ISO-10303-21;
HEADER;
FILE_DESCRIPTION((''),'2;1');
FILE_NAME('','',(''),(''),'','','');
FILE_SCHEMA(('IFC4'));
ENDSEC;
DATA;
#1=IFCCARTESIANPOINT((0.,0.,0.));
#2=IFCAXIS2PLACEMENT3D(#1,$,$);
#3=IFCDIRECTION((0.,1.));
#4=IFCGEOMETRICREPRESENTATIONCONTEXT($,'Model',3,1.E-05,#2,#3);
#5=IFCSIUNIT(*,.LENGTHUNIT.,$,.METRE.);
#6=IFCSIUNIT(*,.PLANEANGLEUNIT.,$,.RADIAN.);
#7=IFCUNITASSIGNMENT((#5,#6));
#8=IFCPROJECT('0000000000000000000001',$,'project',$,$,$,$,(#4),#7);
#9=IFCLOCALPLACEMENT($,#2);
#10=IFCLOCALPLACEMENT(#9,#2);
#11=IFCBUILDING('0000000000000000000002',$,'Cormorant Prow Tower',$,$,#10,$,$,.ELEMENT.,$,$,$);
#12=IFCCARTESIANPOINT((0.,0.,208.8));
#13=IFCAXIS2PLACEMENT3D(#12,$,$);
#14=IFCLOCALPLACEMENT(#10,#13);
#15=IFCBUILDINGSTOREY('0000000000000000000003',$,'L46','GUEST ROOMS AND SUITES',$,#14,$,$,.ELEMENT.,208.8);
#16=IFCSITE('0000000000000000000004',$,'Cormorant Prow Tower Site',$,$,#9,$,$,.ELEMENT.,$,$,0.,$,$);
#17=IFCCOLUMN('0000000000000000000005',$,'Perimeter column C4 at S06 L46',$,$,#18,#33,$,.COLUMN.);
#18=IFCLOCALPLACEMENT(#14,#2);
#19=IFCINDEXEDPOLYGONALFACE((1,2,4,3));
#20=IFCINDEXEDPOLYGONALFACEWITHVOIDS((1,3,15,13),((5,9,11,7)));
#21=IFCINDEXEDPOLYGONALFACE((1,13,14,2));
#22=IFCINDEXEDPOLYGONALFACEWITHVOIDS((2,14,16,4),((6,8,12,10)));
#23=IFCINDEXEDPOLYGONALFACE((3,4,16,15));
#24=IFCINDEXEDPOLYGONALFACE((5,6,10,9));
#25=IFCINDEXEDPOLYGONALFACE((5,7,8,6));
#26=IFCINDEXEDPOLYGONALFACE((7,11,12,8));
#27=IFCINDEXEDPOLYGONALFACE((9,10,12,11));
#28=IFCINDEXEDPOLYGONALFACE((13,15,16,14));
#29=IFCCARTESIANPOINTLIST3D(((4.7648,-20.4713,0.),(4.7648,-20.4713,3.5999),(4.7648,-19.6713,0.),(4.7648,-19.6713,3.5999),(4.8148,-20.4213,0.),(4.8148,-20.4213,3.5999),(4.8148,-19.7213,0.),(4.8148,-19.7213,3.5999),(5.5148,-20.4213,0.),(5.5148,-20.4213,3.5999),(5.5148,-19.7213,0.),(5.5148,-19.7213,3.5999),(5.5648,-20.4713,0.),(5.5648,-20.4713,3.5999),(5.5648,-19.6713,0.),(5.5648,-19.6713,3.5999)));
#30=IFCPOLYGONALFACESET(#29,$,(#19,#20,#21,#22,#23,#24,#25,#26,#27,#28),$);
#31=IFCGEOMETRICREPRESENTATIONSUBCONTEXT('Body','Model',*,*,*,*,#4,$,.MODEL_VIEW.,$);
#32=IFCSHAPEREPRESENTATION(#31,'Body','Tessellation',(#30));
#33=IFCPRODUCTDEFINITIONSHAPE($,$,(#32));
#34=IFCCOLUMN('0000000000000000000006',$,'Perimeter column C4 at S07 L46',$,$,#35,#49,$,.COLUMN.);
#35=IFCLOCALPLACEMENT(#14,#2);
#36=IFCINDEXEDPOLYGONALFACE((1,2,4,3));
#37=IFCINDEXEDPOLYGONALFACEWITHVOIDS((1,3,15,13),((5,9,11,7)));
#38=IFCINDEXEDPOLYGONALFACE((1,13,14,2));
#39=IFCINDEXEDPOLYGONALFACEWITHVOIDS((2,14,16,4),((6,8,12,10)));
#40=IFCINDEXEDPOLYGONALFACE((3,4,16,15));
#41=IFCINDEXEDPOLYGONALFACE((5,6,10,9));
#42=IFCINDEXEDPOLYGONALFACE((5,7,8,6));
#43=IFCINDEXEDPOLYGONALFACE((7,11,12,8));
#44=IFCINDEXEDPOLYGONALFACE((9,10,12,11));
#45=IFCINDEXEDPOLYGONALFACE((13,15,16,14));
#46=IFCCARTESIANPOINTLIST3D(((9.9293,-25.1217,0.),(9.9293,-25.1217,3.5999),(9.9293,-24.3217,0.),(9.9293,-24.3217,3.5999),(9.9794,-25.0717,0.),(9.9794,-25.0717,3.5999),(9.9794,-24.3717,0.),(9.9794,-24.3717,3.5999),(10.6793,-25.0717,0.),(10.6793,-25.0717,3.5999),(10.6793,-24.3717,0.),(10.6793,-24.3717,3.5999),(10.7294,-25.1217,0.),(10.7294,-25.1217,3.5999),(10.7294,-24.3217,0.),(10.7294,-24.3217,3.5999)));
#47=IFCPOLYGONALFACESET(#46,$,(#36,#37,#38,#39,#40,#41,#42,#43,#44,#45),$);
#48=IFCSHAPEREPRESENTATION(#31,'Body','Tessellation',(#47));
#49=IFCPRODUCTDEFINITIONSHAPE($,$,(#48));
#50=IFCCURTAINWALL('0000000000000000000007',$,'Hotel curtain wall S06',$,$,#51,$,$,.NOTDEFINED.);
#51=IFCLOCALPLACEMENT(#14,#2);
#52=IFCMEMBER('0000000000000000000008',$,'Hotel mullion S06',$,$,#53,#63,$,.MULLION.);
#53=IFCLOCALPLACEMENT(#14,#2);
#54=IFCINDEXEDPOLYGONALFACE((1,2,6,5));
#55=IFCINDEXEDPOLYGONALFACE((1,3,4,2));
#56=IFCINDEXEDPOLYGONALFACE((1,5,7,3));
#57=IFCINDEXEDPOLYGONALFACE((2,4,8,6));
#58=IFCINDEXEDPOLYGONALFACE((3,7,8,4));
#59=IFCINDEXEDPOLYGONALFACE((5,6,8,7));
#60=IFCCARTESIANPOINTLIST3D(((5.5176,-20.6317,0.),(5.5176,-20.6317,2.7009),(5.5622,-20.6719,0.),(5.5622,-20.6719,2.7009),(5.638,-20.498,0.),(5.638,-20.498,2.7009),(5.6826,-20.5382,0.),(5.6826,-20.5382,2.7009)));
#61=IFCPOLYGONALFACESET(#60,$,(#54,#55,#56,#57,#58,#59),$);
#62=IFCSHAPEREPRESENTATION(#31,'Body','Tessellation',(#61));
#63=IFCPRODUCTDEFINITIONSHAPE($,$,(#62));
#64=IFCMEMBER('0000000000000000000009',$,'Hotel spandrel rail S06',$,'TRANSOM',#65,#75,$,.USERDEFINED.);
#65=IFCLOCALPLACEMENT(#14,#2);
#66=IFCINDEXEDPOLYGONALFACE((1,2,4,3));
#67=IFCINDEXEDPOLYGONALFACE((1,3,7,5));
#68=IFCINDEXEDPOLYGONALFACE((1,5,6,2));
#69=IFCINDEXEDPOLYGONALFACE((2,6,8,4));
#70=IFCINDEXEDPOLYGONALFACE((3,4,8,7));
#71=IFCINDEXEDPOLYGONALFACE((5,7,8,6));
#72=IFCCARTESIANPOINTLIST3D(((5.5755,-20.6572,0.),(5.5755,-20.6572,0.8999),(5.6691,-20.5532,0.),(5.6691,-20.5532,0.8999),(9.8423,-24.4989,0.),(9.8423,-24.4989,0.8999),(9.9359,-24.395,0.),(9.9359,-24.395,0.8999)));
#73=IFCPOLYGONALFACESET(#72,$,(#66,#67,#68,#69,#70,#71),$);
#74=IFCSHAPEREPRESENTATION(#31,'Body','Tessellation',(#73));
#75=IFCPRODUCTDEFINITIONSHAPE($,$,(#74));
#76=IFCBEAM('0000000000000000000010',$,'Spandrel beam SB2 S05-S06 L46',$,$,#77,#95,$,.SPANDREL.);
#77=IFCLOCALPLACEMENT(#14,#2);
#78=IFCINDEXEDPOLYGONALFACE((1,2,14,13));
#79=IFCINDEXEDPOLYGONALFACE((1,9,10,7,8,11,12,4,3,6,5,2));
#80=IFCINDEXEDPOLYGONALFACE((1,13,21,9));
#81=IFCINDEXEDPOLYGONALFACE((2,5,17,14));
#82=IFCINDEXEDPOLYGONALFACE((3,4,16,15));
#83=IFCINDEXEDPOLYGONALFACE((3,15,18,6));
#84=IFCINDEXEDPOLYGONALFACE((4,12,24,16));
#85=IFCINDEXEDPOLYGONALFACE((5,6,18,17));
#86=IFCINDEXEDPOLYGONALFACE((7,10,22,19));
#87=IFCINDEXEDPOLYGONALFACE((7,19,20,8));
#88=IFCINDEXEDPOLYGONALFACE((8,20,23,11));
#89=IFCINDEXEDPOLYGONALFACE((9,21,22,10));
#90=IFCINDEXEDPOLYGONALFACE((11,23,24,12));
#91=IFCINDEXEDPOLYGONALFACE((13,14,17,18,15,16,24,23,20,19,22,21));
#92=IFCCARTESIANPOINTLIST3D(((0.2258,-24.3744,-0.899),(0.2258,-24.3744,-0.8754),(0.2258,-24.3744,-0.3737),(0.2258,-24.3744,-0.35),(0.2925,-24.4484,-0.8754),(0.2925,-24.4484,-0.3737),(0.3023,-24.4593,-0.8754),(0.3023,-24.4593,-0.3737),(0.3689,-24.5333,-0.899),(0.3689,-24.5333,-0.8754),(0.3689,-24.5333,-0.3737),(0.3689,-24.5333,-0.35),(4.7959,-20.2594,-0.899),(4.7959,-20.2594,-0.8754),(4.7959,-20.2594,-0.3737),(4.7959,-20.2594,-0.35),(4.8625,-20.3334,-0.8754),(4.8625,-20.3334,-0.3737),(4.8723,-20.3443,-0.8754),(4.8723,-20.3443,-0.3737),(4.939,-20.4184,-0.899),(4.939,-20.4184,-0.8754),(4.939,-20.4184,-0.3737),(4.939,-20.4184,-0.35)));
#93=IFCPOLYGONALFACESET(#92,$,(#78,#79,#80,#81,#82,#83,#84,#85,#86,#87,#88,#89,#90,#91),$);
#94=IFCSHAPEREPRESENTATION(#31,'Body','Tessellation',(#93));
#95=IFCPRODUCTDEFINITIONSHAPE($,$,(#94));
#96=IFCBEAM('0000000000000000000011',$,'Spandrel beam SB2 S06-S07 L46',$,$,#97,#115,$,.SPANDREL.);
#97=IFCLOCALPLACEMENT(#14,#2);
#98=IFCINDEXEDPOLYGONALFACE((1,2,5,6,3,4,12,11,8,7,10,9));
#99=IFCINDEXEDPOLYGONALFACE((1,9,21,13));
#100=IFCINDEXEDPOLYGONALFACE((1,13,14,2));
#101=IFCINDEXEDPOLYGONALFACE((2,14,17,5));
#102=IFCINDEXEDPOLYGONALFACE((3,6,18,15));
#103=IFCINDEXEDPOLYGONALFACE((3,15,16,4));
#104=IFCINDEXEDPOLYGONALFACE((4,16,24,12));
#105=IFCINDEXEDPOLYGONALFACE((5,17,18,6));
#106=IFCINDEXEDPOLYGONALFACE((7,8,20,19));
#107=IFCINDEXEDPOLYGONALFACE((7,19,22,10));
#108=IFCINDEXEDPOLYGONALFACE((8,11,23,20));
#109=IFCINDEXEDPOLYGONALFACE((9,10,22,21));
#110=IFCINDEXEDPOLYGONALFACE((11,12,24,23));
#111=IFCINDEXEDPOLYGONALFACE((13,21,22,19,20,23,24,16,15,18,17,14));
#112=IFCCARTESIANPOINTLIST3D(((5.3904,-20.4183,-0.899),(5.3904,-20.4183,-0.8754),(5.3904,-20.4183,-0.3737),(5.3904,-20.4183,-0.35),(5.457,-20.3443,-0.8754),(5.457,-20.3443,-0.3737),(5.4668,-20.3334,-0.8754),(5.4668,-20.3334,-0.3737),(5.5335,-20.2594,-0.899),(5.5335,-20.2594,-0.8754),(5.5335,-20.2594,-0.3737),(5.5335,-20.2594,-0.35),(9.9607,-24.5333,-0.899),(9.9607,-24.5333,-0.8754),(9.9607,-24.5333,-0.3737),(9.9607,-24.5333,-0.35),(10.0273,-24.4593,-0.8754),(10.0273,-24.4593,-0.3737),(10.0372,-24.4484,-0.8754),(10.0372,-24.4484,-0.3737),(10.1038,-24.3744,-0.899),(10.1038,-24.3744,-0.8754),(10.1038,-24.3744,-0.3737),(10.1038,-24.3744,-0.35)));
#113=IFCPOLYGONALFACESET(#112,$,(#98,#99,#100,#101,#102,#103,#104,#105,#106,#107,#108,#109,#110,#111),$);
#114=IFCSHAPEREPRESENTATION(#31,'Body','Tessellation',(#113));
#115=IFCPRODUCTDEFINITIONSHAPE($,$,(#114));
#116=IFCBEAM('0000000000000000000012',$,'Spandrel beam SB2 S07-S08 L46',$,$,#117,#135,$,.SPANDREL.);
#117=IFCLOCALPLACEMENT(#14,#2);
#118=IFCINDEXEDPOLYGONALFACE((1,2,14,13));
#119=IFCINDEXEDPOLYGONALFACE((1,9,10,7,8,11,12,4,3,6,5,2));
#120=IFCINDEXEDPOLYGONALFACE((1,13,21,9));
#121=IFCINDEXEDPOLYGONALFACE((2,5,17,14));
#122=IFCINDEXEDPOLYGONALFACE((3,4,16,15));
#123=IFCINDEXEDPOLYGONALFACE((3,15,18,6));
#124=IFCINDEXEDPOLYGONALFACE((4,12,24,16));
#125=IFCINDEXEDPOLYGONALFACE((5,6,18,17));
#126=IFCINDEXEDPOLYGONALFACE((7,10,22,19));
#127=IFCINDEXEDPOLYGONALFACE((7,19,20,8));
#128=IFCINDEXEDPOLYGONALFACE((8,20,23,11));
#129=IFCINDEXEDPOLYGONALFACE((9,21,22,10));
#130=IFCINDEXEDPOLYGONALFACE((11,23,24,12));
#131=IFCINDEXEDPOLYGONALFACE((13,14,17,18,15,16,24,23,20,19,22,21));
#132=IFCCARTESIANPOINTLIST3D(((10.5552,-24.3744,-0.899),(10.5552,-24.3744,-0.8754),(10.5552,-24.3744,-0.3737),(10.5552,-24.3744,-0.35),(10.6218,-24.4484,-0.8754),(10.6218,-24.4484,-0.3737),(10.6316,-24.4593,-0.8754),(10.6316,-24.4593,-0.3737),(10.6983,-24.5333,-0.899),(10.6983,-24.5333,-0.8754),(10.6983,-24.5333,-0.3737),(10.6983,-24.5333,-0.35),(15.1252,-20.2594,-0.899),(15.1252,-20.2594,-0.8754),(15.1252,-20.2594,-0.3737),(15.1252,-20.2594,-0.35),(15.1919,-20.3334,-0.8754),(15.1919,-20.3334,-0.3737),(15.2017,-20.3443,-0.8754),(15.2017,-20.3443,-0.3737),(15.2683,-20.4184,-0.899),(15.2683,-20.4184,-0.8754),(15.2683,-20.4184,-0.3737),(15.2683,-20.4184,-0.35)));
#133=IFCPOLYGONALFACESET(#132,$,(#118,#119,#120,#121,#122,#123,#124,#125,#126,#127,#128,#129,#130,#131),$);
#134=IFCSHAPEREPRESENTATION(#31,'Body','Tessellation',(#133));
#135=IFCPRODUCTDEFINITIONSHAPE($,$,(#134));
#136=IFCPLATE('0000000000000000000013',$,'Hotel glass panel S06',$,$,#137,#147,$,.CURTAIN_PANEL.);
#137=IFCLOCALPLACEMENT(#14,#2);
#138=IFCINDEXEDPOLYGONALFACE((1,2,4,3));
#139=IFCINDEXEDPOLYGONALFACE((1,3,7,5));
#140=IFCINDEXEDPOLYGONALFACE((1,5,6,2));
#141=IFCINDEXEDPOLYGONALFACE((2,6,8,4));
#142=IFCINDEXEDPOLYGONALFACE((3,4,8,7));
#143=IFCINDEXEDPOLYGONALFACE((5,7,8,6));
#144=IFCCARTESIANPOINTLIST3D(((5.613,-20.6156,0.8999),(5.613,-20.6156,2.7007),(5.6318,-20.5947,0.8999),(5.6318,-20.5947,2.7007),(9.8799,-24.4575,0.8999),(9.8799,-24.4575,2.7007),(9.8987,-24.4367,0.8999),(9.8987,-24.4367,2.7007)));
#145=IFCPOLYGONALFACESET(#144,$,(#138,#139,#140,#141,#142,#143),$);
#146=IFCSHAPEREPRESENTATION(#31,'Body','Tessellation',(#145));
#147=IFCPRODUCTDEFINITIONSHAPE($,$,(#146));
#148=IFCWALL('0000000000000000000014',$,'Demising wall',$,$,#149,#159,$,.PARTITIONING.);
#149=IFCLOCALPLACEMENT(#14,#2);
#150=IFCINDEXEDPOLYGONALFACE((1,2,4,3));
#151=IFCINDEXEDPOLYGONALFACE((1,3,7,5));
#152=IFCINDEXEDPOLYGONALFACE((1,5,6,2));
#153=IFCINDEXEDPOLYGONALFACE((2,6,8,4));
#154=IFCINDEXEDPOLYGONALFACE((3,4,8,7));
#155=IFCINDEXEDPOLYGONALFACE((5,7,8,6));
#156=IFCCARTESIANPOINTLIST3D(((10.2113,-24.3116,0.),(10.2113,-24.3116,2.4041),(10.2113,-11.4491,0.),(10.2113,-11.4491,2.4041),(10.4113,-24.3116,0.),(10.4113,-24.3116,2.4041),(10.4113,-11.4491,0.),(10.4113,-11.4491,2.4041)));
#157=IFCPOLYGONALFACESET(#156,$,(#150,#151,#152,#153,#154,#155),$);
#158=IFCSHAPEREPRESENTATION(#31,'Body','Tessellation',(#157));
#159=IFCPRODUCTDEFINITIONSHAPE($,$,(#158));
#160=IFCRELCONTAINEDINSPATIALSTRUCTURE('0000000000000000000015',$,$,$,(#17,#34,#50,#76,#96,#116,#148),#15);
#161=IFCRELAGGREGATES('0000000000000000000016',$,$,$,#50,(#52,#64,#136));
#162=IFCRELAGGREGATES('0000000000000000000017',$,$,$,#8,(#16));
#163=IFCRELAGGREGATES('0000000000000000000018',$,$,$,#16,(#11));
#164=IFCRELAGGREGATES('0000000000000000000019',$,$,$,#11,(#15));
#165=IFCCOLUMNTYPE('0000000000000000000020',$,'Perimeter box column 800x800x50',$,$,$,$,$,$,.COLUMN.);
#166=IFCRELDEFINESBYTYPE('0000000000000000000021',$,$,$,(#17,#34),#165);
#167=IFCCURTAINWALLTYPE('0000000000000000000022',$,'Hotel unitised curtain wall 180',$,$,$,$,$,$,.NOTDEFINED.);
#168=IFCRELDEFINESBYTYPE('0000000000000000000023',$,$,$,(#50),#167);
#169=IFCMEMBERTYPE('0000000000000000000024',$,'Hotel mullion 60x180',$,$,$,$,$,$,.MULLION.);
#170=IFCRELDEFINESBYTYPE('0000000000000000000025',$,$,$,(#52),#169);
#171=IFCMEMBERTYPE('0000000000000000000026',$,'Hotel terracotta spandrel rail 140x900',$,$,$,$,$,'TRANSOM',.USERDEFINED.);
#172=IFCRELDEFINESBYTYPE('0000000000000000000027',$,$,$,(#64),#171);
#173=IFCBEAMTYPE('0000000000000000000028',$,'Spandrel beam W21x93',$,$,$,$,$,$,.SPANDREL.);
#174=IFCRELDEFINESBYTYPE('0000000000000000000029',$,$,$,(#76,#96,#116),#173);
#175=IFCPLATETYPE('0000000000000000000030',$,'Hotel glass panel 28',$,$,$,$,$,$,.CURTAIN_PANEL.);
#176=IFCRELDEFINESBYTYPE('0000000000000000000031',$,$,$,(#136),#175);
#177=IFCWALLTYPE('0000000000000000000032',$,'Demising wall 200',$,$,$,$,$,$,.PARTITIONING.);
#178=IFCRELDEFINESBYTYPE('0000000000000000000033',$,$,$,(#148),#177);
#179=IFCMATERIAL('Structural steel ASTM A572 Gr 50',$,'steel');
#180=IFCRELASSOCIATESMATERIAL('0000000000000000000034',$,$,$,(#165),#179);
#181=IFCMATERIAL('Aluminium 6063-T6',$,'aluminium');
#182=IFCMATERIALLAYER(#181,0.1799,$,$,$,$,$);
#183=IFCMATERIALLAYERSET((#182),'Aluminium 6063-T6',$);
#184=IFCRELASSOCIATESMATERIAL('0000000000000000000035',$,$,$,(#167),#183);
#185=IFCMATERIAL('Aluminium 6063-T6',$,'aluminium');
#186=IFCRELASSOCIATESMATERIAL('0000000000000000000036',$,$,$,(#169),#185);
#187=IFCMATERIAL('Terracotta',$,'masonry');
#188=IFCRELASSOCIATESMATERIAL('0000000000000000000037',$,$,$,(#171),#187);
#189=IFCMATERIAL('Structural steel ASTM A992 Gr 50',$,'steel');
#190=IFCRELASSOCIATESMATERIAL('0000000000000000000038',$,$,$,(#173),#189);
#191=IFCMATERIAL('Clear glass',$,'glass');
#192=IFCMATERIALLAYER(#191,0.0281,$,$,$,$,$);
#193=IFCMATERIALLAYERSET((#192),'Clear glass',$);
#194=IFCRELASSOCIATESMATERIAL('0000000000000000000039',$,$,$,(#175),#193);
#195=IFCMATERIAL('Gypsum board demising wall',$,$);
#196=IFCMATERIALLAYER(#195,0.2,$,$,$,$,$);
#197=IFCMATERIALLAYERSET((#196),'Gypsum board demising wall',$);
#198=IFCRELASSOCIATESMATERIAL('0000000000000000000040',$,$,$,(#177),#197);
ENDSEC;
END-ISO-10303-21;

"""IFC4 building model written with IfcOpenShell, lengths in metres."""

from ifc_helpers import new_model, si_unit, direction, frame, frame_2d, origin, origin_2d, place, context, subcontext, project, spatial, rectangle, hollow_rectangle, i_section, extrude, material, layer, layer_set, material_profile, profile_set, type_object, element, aggregate, save


model = new_model("IFC4")

# Units and contexts
model_context = context("Model", 3, precision=1e-05, world=origin(), true_north=direction((0.0, 1.0)))
body_context = subcontext(model_context, "Body", "Model", "MODEL_VIEW")
ifc_project = project(units=[si_unit("LENGTHUNIT", "METRE"), si_unit("PLANEANGLEUNIT", "RADIAN")], contexts=[model_context])

# Site, building, storey
site_placement = place(None, origin())
site = spatial("IfcSite", under=ifc_project, at=site_placement, Name="Cormorant Prow Tower Site", CompositionType="ELEMENT", RefElevation=0.0)
building_placement = place(site_placement, origin())
building = spatial("IfcBuilding", under=site, at=building_placement, Name="Cormorant Prow Tower", CompositionType="ELEMENT")
storey_placement = place(building_placement, frame((0.0, 0.0, 208.8)))
storey = spatial("IfcBuildingStorey", under=building, at=storey_placement, Name="L46", Description="GUEST ROOMS AND SUITES", CompositionType="ELEMENT", Elevation=208.8)

# Columns
ifc_material_1 = material(Name="Structural steel ASTM A572 Gr 50", Category="steel")
ifc_material_profile_1 = material_profile(ifc_material_1, hollow_rectangle(XDim=0.8, YDim=0.8, WallThickness=0.05, at=origin_2d()), Name="Box 800x800x50")
ifc_profile_set_1 = profile_set([ifc_material_profile_1], Name="Structural steel ASTM A572 Gr 50")
column_type = type_object("IfcColumnType", Name="Perimeter box column 800x800x50", PredefinedType="COLUMN", material=ifc_profile_set_1)
for number, where, z_axis, x_axis, name in (
    (1, (5.1648, -20.0713, 0.0), (0.0, 0.0, 1.0), (1.0, 0.0, 0.0), "Perimeter column C4 at S06 L46"),
    (2, (10.3293, -24.7217, 0.0), (0.0, 0.0, 1.0), (1.0, 0.0, 0.0), "Perimeter column C4 at S07 L46"),
):
    element("IfcColumn", number, at=place(storey_placement, frame(where, z_axis=z_axis, x_axis=x_axis)), inside=storey, type_object=column_type, Name=name, PredefinedType="COLUMN", context=body_context, shape_type="SweptSolid", body=[
        extrude(hollow_rectangle(XDim=0.8, YDim=0.8, WallThickness=0.05, at=origin_2d()), origin(), (0.0, 0.0, 1.0), 3.5999),
    ])

# Curtain wall, members
ifc_material_2 = material(Name="Aluminium 6063-T6", Category="aluminium")
ifc_layer_1 = layer(ifc_material_2, 0.1799)
ifc_layer_set_1 = layer_set([ifc_layer_1], Name="Aluminium 6063-T6")
curtain_wall_type = type_object("IfcCurtainWallType", Name="Hotel unitised curtain wall 180", PredefinedType="NOTDEFINED", material=ifc_layer_set_1)
curtain_wall_placement = place(storey_placement, origin())
curtain_wall = element("IfcCurtainWall", 3, at=curtain_wall_placement, inside=storey, type_object=curtain_wall_type, Name="Hotel curtain wall S06", PredefinedType="NOTDEFINED")
ifc_material_3 = material(Name="Aluminium 6063-T6", Category="aluminium")
ifc_material_profile_2 = material_profile(ifc_material_3, rectangle(XDim=0.1799, YDim=0.0601, at=origin_2d()), Name="Hotel mullion 60x180")
ifc_profile_set_2 = profile_set([ifc_material_profile_2], Name="Aluminium 6063-T6")
member_type_1 = type_object("IfcMemberType", Name="Hotel mullion 60x180", PredefinedType="MULLION", material=ifc_profile_set_2)
member_1_placement = place(storey_placement, frame((5.6001, -20.585, 0.0), z_axis=(0.0, 0.0, 1.0), x_axis=(0.669131, 0.743145, 0.0)))
member_1 = element("IfcMember", 4, at=member_1_placement, type_object=member_type_1, Name="Hotel mullion S06", PredefinedType="MULLION", context=body_context, shape_type="SweptSolid", body=[
    extrude(rectangle(XDim=0.1799, YDim=0.0601, at=origin_2d()), origin(), (0.0, 0.0, 1.0), 2.7009),
])
ifc_material_4 = material(Name="Terracotta", Category="masonry")
ifc_material_profile_3 = material_profile(ifc_material_4, rectangle(XDim=0.1399, YDim=0.8999, at=origin_2d()), Name="Hotel terracotta spandrel rail 140x900")
ifc_profile_set_3 = profile_set([ifc_material_profile_3], Name="Terracotta")
member_type_2 = type_object("IfcMemberType", Name="Hotel terracotta spandrel rail 140x900", ElementType="TRANSOM", PredefinedType="USERDEFINED", material=ifc_profile_set_3)
member_2_placement = place(storey_placement, frame((5.6223, -20.6052, 0.45), z_axis=(0.743152, -0.669122, 0.0), x_axis=(0.669122, 0.743152, 0.0)))
member_2 = element("IfcMember", 5, at=member_2_placement, type_object=member_type_2, Name="Hotel spandrel rail S06", ObjectType="TRANSOM", PredefinedType="USERDEFINED", context=body_context, shape_type="SweptSolid", body=[
    extrude(rectangle(XDim=0.1399, YDim=0.8999, at=origin_2d()), origin(), (0.0, 0.0, 1.0), 5.7415),
])

# Beams
ifc_material_5 = material(Name="Structural steel ASTM A992 Gr 50", Category="steel")
ifc_material_profile_4 = material_profile(ifc_material_5, i_section(OverallWidth=0.2139, OverallDepth=0.5491, WebThickness=0.0146, FlangeThickness=0.0237, at=origin_2d()), Name="W21x93")
ifc_profile_set_4 = profile_set([ifc_material_profile_4], Name="Structural steel ASTM A992 Gr 50")
beam_type = type_object("IfcBeamType", Name="Spandrel beam W21x93", PredefinedType="SPANDREL", material=ifc_profile_set_4)
beam_1_placement = place(storey_placement, frame((0.2974, -24.4539, -0.6245), z_axis=(0.743138, 0.669138, 0.0), x_axis=(-0.669138, 0.743138, 0.0)))
element("IfcBeam", 6, at=beam_1_placement, inside=storey, type_object=beam_type, Name="Spandrel beam SB2 S05-S06 L46", PredefinedType="SPANDREL", context=body_context, shape_type="SweptSolid", body=[
    extrude(i_section(OverallWidth=0.2139, OverallDepth=0.5491, WebThickness=0.0146, FlangeThickness=0.0237, at=origin_2d()), origin(), (0.0, 0.0, 1.0), 6.1497),
])
beam_2_placement = place(storey_placement, frame((5.4619, -20.3389, -0.6245), z_axis=(0.743156, -0.669118, 0.0), x_axis=(0.669118, 0.743156, 0.0)))
element("IfcBeam", 7, at=beam_2_placement, inside=storey, type_object=beam_type, Name="Spandrel beam SB2 S06-S07 L46", PredefinedType="SPANDREL", context=body_context, shape_type="SweptSolid", body=[
    extrude(i_section(OverallWidth=0.2139, OverallDepth=0.5491, WebThickness=0.0146, FlangeThickness=0.0237, at=origin_2d()), origin(), (0.0, 0.0, 1.0), 6.1499),
])
beam_3_placement = place(storey_placement, frame((10.6267, -24.4539, -0.6245), z_axis=(0.743138, 0.669138, 0.0), x_axis=(-0.669138, 0.743138, 0.0)))
element("IfcBeam", 8, at=beam_3_placement, inside=storey, type_object=beam_type, Name="Spandrel beam SB2 S07-S08 L46", PredefinedType="SPANDREL", context=body_context, shape_type="SweptSolid", body=[
    extrude(i_section(OverallWidth=0.2139, OverallDepth=0.5491, WebThickness=0.0146, FlangeThickness=0.0237, at=origin_2d()), origin(), (0.0, 0.0, 1.0), 6.1497),
])

# Plate
ifc_material_6 = material(Name="Clear glass", Category="glass")
ifc_layer_2 = layer(ifc_material_6, 0.0281)
ifc_layer_set_2 = layer_set([ifc_layer_2], Name="Clear glass")
plate_type = type_object("IfcPlateType", Name="Hotel glass panel 28", PredefinedType="CURTAIN_PANEL", material=ifc_layer_set_2)
plate_placement = place(storey_placement, frame((7.7559, -22.5261, 0.8999), z_axis=(0.0, 0.0, 1.0), x_axis=(0.743145, -0.669131, 0.0)))
plate = element("IfcPlate", 9, at=plate_placement, type_object=plate_type, Name="Hotel glass panel S06", PredefinedType="CURTAIN_PANEL", context=body_context, shape_type="SweptSolid", body=[
    extrude(rectangle(XDim=5.7417, YDim=0.0281, at=origin_2d()), origin(), (0.0, 0.0, 1.0), 1.8008),
])
aggregate(curtain_wall, [member_1, member_2, plate])

# Wall
ifc_material_7 = material(Name="Gypsum board demising wall")
ifc_layer_3 = layer(ifc_material_7, 0.2)
ifc_layer_set_3 = layer_set([ifc_layer_3], Name="Gypsum board demising wall")
wall_type_1 = type_object("IfcWallType", Name="Demising wall 200", PredefinedType="PARTITIONING", material=ifc_layer_set_3)
wall_1_placement = place(storey_placement, frame((10.3113, -24.3115, 0.0), z_axis=(0.0, 0.0, 1.0), x_axis=(0.0, 1.0, 0.0)))
element("IfcWall", 10, at=wall_1_placement, inside=storey, type_object=wall_type_1, Name="Demising wall", PredefinedType="PARTITIONING", context=body_context, shape_type="SweptSolid", body=[
    extrude(rectangle(XDim=12.8625, YDim=0.2, at=frame_2d((6.4312, 0.0))), origin(), (0.0, 0.0, 1.0), 2.4041),
])

save(model, "model.ifc")
